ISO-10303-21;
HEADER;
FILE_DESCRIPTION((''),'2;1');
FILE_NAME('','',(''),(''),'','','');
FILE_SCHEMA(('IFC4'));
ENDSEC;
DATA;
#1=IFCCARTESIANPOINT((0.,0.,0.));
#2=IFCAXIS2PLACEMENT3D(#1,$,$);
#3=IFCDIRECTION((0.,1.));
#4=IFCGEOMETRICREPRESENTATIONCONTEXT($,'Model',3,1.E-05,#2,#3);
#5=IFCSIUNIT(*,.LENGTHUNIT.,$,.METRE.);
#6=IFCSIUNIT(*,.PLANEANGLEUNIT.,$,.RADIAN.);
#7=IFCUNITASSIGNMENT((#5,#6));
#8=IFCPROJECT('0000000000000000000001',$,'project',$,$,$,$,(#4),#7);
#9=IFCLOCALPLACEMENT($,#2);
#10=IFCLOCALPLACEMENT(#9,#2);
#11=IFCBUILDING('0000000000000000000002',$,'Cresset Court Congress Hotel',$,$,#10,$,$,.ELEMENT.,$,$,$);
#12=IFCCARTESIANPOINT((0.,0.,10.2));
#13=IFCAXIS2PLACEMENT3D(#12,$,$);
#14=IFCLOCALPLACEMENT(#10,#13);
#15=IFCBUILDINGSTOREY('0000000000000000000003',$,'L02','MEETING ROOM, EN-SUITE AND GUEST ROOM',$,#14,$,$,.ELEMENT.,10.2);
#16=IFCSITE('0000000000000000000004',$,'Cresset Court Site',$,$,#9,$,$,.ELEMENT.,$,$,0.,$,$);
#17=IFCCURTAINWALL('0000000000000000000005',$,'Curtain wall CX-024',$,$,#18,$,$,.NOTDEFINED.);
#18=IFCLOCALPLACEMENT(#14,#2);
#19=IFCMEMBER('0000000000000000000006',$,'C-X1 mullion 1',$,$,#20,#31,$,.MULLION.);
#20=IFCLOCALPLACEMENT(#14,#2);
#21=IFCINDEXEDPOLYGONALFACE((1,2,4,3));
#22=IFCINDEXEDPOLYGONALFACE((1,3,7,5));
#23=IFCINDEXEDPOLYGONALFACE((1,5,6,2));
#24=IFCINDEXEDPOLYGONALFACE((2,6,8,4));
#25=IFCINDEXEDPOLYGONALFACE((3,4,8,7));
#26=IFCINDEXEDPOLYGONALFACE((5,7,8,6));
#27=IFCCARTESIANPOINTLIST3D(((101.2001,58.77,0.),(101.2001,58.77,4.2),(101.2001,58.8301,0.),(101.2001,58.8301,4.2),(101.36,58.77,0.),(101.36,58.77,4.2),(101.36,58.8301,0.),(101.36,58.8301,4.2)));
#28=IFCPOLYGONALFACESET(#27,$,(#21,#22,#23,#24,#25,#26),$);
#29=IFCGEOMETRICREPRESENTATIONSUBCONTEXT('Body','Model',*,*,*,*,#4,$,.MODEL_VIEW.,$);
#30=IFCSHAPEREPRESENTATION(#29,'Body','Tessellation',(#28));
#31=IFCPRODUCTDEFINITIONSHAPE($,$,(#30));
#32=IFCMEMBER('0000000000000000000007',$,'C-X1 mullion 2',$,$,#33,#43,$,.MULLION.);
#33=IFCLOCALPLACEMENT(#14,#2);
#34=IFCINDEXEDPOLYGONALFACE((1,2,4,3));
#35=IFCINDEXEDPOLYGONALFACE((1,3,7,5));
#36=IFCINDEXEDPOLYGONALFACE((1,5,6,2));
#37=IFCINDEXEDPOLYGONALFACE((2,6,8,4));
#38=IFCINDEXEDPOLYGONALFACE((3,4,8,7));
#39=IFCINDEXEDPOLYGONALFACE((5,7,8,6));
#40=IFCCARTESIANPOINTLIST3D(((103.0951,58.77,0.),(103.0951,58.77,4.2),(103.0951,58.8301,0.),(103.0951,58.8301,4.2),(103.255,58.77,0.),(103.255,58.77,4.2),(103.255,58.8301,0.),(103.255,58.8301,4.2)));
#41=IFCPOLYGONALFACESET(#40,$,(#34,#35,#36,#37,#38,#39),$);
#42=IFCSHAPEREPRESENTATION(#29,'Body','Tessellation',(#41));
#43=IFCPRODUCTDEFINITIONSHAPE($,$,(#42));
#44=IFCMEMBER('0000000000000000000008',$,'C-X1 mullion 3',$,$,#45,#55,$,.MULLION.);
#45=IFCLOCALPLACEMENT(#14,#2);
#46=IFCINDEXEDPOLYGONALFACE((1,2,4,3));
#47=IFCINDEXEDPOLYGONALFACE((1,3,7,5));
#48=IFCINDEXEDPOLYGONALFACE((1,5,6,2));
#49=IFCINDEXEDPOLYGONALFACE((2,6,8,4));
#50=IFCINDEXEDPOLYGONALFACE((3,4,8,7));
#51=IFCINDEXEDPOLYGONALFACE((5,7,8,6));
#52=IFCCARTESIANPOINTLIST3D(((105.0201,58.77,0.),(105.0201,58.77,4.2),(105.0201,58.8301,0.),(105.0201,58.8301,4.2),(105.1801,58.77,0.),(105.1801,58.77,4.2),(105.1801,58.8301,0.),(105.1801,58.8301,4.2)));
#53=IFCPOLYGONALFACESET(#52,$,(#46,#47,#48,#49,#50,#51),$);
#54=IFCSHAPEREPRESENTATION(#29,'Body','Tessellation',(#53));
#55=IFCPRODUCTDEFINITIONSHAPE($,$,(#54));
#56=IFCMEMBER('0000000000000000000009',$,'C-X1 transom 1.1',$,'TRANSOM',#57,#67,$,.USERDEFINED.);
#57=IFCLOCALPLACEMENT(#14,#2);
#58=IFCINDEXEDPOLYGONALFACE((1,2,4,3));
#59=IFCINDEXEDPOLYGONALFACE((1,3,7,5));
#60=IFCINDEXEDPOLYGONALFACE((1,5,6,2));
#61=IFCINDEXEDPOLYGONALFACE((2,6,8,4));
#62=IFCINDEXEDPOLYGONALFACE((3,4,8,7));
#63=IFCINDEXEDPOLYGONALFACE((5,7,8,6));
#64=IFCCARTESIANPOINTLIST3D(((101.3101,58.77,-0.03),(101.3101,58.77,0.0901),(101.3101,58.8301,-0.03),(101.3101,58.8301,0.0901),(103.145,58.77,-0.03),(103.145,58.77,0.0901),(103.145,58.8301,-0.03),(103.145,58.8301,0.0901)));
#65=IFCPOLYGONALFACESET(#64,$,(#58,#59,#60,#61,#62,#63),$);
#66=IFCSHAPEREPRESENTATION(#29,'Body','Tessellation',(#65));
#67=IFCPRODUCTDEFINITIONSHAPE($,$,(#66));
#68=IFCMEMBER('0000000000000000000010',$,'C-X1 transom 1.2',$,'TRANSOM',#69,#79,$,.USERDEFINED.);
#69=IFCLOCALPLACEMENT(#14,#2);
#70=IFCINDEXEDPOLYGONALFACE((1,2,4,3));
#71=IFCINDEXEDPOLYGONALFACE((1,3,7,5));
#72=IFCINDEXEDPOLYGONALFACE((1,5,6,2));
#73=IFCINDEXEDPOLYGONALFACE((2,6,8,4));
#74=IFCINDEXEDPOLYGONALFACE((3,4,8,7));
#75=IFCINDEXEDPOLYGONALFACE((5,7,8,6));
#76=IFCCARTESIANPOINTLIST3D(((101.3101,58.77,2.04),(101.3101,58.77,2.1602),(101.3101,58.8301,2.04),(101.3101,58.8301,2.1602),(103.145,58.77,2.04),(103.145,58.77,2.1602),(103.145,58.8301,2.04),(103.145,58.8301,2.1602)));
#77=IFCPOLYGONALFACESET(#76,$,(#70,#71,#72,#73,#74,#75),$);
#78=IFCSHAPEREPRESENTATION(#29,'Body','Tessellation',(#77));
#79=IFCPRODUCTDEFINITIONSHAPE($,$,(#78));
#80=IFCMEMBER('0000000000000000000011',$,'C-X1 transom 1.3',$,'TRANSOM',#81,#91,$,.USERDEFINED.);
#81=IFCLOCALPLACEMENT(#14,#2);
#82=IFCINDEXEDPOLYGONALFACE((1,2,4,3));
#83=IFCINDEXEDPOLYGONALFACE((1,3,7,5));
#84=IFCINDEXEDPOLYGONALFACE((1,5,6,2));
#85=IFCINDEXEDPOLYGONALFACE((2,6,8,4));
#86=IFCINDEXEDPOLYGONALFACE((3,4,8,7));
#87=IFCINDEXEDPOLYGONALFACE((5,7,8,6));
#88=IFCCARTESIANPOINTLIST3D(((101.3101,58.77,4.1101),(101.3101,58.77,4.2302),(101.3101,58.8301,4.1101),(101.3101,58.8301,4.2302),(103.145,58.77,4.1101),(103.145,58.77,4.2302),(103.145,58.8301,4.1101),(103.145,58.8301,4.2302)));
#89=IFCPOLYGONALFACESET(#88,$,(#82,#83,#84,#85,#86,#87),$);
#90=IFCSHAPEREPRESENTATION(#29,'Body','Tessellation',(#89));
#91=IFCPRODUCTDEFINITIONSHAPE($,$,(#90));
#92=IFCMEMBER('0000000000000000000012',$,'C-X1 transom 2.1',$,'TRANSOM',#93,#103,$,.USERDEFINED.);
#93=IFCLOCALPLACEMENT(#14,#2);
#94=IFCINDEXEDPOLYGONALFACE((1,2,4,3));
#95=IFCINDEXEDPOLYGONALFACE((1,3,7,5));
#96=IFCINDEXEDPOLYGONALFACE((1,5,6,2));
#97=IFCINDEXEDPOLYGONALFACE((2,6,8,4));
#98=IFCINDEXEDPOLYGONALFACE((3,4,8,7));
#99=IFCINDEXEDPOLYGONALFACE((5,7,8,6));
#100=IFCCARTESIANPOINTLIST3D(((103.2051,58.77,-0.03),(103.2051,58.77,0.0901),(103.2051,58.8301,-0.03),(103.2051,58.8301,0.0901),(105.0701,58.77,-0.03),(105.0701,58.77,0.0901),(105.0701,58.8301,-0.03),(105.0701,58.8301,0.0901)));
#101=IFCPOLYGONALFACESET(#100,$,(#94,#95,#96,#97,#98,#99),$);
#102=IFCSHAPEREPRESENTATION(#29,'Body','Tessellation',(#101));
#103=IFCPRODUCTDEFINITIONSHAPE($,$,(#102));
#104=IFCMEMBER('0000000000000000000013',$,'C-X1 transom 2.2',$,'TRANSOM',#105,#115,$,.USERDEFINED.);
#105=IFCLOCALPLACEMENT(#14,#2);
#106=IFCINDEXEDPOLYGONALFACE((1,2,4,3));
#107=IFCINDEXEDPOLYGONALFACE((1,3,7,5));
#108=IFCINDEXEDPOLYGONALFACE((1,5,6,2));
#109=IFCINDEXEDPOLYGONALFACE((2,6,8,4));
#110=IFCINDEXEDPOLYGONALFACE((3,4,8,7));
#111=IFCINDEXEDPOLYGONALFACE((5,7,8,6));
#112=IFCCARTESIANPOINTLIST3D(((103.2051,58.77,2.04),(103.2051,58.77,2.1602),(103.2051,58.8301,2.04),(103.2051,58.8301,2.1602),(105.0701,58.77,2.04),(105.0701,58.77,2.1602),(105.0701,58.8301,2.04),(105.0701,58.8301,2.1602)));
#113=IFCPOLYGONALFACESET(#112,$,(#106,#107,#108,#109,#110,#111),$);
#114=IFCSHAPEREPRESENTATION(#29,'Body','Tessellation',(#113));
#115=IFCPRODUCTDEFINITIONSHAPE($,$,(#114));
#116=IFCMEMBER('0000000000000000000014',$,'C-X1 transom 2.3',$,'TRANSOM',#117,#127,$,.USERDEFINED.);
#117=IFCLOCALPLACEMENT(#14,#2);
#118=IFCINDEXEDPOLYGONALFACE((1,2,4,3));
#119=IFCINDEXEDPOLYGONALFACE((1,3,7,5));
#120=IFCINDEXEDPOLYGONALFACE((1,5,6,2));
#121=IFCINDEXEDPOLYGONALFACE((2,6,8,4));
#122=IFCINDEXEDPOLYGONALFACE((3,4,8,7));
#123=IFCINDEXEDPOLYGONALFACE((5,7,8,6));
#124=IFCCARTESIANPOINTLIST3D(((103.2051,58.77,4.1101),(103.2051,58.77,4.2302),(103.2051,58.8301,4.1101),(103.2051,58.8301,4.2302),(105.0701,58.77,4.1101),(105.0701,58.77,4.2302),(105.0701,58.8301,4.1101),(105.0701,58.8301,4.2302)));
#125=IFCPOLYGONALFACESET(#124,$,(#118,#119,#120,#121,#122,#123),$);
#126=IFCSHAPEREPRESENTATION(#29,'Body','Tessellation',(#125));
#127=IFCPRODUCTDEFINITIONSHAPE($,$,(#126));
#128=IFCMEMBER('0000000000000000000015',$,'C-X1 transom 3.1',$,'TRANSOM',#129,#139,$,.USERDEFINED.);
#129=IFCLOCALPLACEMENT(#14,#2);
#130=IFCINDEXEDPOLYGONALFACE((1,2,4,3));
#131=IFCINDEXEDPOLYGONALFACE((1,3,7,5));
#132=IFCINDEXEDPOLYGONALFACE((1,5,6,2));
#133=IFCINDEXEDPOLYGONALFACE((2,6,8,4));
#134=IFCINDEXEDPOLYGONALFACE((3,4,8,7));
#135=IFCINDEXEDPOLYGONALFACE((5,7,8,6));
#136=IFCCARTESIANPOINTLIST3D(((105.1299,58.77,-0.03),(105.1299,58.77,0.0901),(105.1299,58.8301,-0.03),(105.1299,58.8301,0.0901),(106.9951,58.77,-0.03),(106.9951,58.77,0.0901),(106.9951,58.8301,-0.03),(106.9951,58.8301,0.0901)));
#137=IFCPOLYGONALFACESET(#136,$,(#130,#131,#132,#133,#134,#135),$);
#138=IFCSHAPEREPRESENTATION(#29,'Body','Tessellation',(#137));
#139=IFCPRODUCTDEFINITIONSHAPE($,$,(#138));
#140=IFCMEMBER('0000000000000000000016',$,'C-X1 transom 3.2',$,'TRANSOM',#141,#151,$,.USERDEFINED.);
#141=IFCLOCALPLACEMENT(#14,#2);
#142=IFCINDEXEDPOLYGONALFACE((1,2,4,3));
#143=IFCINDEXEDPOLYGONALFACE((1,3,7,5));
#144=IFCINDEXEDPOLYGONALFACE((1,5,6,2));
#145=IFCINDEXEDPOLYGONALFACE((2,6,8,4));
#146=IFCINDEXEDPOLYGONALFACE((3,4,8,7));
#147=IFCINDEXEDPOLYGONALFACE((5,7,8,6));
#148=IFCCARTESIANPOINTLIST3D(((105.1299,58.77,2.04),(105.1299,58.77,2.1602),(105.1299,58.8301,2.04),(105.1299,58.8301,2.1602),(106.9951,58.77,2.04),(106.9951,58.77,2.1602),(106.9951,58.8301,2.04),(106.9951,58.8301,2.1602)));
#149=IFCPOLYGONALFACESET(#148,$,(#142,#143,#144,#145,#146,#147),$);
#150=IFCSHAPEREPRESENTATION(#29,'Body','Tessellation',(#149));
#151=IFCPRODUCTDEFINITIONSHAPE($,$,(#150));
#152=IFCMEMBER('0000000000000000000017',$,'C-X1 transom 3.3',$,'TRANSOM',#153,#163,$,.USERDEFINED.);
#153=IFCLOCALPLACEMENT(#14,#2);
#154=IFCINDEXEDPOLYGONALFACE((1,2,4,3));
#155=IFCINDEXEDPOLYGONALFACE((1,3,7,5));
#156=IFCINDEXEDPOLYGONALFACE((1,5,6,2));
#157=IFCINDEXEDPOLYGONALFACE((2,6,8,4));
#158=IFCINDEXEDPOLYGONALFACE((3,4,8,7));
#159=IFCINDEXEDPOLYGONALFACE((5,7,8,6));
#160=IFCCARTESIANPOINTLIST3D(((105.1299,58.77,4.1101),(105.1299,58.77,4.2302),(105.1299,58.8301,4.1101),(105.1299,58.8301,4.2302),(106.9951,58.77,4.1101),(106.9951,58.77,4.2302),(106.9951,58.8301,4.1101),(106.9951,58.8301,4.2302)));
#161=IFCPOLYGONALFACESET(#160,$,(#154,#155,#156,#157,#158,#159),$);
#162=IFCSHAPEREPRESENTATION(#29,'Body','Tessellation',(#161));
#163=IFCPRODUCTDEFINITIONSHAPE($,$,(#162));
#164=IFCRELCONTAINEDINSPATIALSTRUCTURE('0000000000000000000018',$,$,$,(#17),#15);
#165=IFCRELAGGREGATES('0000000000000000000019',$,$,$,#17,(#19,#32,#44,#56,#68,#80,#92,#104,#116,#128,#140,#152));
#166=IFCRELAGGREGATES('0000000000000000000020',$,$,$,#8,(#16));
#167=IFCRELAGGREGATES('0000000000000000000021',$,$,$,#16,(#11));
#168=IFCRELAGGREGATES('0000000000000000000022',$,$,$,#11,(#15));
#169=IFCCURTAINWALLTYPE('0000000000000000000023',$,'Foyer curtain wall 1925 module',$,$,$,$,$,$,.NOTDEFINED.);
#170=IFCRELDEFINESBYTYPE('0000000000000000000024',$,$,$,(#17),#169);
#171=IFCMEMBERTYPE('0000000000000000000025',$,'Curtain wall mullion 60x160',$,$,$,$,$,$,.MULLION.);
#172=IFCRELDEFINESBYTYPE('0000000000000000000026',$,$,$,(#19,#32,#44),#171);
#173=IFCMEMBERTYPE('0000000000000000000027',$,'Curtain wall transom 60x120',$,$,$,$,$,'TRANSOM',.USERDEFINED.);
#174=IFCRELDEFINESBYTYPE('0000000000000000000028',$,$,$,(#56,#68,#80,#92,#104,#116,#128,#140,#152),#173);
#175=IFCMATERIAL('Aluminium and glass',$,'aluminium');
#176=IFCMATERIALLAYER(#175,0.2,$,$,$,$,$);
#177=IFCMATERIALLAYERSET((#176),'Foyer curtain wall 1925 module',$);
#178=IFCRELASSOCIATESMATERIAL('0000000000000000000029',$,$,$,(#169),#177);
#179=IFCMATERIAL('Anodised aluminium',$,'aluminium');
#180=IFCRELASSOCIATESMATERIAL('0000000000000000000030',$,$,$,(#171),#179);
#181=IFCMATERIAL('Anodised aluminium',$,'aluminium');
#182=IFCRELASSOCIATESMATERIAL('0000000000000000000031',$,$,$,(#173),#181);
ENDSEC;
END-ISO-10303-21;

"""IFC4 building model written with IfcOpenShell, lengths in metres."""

from ifc_helpers import new_model, si_unit, direction, frame, origin, origin_2d, place, context, subcontext, project, spatial, rectangle, extrude, material, layer, layer_set, material_profile, profile_set, type_object, element, aggregate, save


model = new_model("IFC4")

# Units and contexts
model_context = context("Model", 3, precision=1e-05, world=origin(), true_north=direction((0.0, 1.0)))
body_context = subcontext(model_context, "Body", "Model", "MODEL_VIEW")
ifc_project = project(units=[si_unit("LENGTHUNIT", "METRE"), si_unit("PLANEANGLEUNIT", "RADIAN")], contexts=[model_context])

# Site, building, storey
site_placement = place(None, origin())
site = spatial("IfcSite", under=ifc_project, at=site_placement, Name="Cresset Court Site", CompositionType="ELEMENT", RefElevation=0.0)
building_placement = place(site_placement, origin())
building = spatial("IfcBuilding", under=site, at=building_placement, Name="Cresset Court Congress Hotel", CompositionType="ELEMENT")
storey_placement = place(building_placement, frame((0.0, 0.0, 10.2)))
storey = spatial("IfcBuildingStorey", under=building, at=storey_placement, Name="L02", Description="MEETING ROOM, EN-SUITE AND GUEST ROOM", CompositionType="ELEMENT", Elevation=10.2)

# Curtain wall, members
ifc_material_1 = material(Name="Aluminium and glass", Category="aluminium")
ifc_layer_1 = layer(ifc_material_1, 0.2)
ifc_layer_set_1 = layer_set([ifc_layer_1], Name="Foyer curtain wall 1925 module")
curtain_wall_type = type_object("IfcCurtainWallType", Name="Foyer curtain wall 1925 module", PredefinedType="NOTDEFINED", material=ifc_layer_set_1)
curtain_wall_placement = place(storey_placement, origin())
curtain_wall = element("IfcCurtainWall", 1, at=curtain_wall_placement, inside=storey, type_object=curtain_wall_type, Name="Curtain wall CX-024", PredefinedType="NOTDEFINED")
ifc_material_2 = material(Name="Anodised aluminium", Category="aluminium")
ifc_material_profile_1 = material_profile(ifc_material_2, rectangle(XDim=0.0601, YDim=0.1599, at=origin_2d()), Name="AL60x160")
ifc_profile_set_1 = profile_set([ifc_material_profile_1], Name="Anodised aluminium")
member_type_1 = type_object("IfcMemberType", Name="Curtain wall mullion 60x160", PredefinedType="MULLION", material=ifc_profile_set_1)
member_1_placement = place(storey_placement, frame((101.28, 58.8, 0.0), z_axis=(0.0, 0.0, 1.0), x_axis=(0.0, 1.0, 0.0)))
member_1 = element("IfcMember", 2, at=member_1_placement, type_object=member_type_1, Name="C-X1 mullion 1", PredefinedType="MULLION", context=body_context, shape_type="SweptSolid", body=[
    extrude(rectangle(XDim=0.0601, YDim=0.1599, at=origin_2d()), origin(), (0.0, 0.0, 1.0), 4.2),
])
member_2_placement = place(storey_placement, frame((103.175, 58.8, 0.0), z_axis=(0.0, 0.0, 1.0), x_axis=(0.0, 1.0, 0.0)))
member_2 = element("IfcMember", 3, at=member_2_placement, type_object=member_type_1, Name="C-X1 mullion 2", PredefinedType="MULLION", context=body_context, shape_type="SweptSolid", body=[
    extrude(rectangle(XDim=0.0601, YDim=0.1599, at=origin_2d()), origin(), (0.0, 0.0, 1.0), 4.2),
])
member_3_placement = place(storey_placement, frame((105.1001, 58.8, 0.0), z_axis=(0.0, 0.0, 1.0), x_axis=(0.0, 1.0, 0.0)))
member_3 = element("IfcMember", 4, at=member_3_placement, type_object=member_type_1, Name="C-X1 mullion 3", PredefinedType="MULLION", context=body_context, shape_type="SweptSolid", body=[
    extrude(rectangle(XDim=0.0601, YDim=0.1599, at=origin_2d()), origin(), (0.0, 0.0, 1.0), 4.2),
])
ifc_material_3 = material(Name="Anodised aluminium", Category="aluminium")
ifc_material_profile_2 = material_profile(ifc_material_3, rectangle(XDim=0.0601, YDim=0.1201, at=origin_2d()), Name="AL60x120")
ifc_profile_set_2 = profile_set([ifc_material_profile_2], Name="Anodised aluminium")
member_type_2 = type_object("IfcMemberType", Name="Curtain wall transom 60x120", ElementType="TRANSOM", PredefinedType="USERDEFINED", material=ifc_profile_set_2)
member_4_placement = place(storey_placement, frame((101.3101, 58.8, 0.03), z_axis=(1.0, 0.0, 0.0), x_axis=(0.0, 1.0, 0.0)))
member_4 = element("IfcMember", 5, at=member_4_placement, type_object=member_type_2, Name="C-X1 transom 1.1", ObjectType="TRANSOM", PredefinedType="USERDEFINED", context=body_context, shape_type="SweptSolid", body=[
    extrude(rectangle(XDim=0.0601, YDim=0.1201, at=origin_2d()), origin(), (0.0, 0.0, 1.0), 1.835),
])
member_5_placement = place(storey_placement, frame((101.3101, 58.8, 2.1001), z_axis=(1.0, 0.0, 0.0), x_axis=(0.0, 1.0, 0.0)))
member_5 = element("IfcMember", 6, at=member_5_placement, type_object=member_type_2, Name="C-X1 transom 1.2", ObjectType="TRANSOM", PredefinedType="USERDEFINED", context=body_context, shape_type="SweptSolid", body=[
    extrude(rectangle(XDim=0.0601, YDim=0.1201, at=origin_2d()), origin(), (0.0, 0.0, 1.0), 1.835),
])
member_6_placement = place(storey_placement, frame((101.3101, 58.8, 4.1702), z_axis=(1.0, 0.0, 0.0), x_axis=(0.0, 1.0, 0.0)))
member_6 = element("IfcMember", 7, at=member_6_placement, type_object=member_type_2, Name="C-X1 transom 1.3", ObjectType="TRANSOM", PredefinedType="USERDEFINED", context=body_context, shape_type="SweptSolid", body=[
    extrude(rectangle(XDim=0.0601, YDim=0.1201, at=origin_2d()), origin(), (0.0, 0.0, 1.0), 1.835),
])
member_7_placement = place(storey_placement, frame((103.2051, 58.8, 0.03), z_axis=(1.0, 0.0, 0.0), x_axis=(0.0, 1.0, 0.0)))
member_7 = element("IfcMember", 8, at=member_7_placement, type_object=member_type_2, Name="C-X1 transom 2.1", ObjectType="TRANSOM", PredefinedType="USERDEFINED", context=body_context, shape_type="SweptSolid", body=[
    extrude(rectangle(XDim=0.0601, YDim=0.1201, at=origin_2d()), origin(), (0.0, 0.0, 1.0), 1.865),
])
member_8_placement = place(storey_placement, frame((103.2051, 58.8, 2.1001), z_axis=(1.0, 0.0, 0.0), x_axis=(0.0, 1.0, 0.0)))
member_8 = element("IfcMember", 9, at=member_8_placement, type_object=member_type_2, Name="C-X1 transom 2.2", ObjectType="TRANSOM", PredefinedType="USERDEFINED", context=body_context, shape_type="SweptSolid", body=[
    extrude(rectangle(XDim=0.0601, YDim=0.1201, at=origin_2d()), origin(), (0.0, 0.0, 1.0), 1.865),
])
member_9_placement = place(storey_placement, frame((103.2051, 58.8, 4.1702), z_axis=(1.0, 0.0, 0.0), x_axis=(0.0, 1.0, 0.0)))
member_9 = element("IfcMember", 10, at=member_9_placement, type_object=member_type_2, Name="C-X1 transom 2.3", ObjectType="TRANSOM", PredefinedType="USERDEFINED", context=body_context, shape_type="SweptSolid", body=[
    extrude(rectangle(XDim=0.0601, YDim=0.1201, at=origin_2d()), origin(), (0.0, 0.0, 1.0), 1.865),
])
member_10_placement = place(storey_placement, frame((105.1299, 58.8, 0.03), z_axis=(1.0, 0.0, 0.0), x_axis=(0.0, 1.0, 0.0)))
member_10 = element("IfcMember", 11, at=member_10_placement, type_object=member_type_2, Name="C-X1 transom 3.1", ObjectType="TRANSOM", PredefinedType="USERDEFINED", context=body_context, shape_type="SweptSolid", body=[
    extrude(rectangle(XDim=0.0601, YDim=0.1201, at=origin_2d()), origin(), (0.0, 0.0, 1.0), 1.8652),
])
member_11_placement = place(storey_placement, frame((105.1299, 58.8, 2.1001), z_axis=(1.0, 0.0, 0.0), x_axis=(0.0, 1.0, 0.0)))
member_11 = element("IfcMember", 12, at=member_11_placement, type_object=member_type_2, Name="C-X1 transom 3.2", ObjectType="TRANSOM", PredefinedType="USERDEFINED", context=body_context, shape_type="SweptSolid", body=[
    extrude(rectangle(XDim=0.0601, YDim=0.1201, at=origin_2d()), origin(), (0.0, 0.0, 1.0), 1.8652),
])
member_12_placement = place(storey_placement, frame((105.1299, 58.8, 4.1702), z_axis=(1.0, 0.0, 0.0), x_axis=(0.0, 1.0, 0.0)))
member_12 = element("IfcMember", 13, at=member_12_placement, type_object=member_type_2, Name="C-X1 transom 3.3", ObjectType="TRANSOM", PredefinedType="USERDEFINED", context=body_context, shape_type="SweptSolid", body=[
    extrude(rectangle(XDim=0.0601, YDim=0.1201, at=origin_2d()), origin(), (0.0, 0.0, 1.0), 1.8652),
])

aggregate(curtain_wall, [member_1, member_2, member_3, member_4, member_5, member_6, member_7, member_8, member_9, member_10, member_11, member_12])

save(model, "model.ifc")
